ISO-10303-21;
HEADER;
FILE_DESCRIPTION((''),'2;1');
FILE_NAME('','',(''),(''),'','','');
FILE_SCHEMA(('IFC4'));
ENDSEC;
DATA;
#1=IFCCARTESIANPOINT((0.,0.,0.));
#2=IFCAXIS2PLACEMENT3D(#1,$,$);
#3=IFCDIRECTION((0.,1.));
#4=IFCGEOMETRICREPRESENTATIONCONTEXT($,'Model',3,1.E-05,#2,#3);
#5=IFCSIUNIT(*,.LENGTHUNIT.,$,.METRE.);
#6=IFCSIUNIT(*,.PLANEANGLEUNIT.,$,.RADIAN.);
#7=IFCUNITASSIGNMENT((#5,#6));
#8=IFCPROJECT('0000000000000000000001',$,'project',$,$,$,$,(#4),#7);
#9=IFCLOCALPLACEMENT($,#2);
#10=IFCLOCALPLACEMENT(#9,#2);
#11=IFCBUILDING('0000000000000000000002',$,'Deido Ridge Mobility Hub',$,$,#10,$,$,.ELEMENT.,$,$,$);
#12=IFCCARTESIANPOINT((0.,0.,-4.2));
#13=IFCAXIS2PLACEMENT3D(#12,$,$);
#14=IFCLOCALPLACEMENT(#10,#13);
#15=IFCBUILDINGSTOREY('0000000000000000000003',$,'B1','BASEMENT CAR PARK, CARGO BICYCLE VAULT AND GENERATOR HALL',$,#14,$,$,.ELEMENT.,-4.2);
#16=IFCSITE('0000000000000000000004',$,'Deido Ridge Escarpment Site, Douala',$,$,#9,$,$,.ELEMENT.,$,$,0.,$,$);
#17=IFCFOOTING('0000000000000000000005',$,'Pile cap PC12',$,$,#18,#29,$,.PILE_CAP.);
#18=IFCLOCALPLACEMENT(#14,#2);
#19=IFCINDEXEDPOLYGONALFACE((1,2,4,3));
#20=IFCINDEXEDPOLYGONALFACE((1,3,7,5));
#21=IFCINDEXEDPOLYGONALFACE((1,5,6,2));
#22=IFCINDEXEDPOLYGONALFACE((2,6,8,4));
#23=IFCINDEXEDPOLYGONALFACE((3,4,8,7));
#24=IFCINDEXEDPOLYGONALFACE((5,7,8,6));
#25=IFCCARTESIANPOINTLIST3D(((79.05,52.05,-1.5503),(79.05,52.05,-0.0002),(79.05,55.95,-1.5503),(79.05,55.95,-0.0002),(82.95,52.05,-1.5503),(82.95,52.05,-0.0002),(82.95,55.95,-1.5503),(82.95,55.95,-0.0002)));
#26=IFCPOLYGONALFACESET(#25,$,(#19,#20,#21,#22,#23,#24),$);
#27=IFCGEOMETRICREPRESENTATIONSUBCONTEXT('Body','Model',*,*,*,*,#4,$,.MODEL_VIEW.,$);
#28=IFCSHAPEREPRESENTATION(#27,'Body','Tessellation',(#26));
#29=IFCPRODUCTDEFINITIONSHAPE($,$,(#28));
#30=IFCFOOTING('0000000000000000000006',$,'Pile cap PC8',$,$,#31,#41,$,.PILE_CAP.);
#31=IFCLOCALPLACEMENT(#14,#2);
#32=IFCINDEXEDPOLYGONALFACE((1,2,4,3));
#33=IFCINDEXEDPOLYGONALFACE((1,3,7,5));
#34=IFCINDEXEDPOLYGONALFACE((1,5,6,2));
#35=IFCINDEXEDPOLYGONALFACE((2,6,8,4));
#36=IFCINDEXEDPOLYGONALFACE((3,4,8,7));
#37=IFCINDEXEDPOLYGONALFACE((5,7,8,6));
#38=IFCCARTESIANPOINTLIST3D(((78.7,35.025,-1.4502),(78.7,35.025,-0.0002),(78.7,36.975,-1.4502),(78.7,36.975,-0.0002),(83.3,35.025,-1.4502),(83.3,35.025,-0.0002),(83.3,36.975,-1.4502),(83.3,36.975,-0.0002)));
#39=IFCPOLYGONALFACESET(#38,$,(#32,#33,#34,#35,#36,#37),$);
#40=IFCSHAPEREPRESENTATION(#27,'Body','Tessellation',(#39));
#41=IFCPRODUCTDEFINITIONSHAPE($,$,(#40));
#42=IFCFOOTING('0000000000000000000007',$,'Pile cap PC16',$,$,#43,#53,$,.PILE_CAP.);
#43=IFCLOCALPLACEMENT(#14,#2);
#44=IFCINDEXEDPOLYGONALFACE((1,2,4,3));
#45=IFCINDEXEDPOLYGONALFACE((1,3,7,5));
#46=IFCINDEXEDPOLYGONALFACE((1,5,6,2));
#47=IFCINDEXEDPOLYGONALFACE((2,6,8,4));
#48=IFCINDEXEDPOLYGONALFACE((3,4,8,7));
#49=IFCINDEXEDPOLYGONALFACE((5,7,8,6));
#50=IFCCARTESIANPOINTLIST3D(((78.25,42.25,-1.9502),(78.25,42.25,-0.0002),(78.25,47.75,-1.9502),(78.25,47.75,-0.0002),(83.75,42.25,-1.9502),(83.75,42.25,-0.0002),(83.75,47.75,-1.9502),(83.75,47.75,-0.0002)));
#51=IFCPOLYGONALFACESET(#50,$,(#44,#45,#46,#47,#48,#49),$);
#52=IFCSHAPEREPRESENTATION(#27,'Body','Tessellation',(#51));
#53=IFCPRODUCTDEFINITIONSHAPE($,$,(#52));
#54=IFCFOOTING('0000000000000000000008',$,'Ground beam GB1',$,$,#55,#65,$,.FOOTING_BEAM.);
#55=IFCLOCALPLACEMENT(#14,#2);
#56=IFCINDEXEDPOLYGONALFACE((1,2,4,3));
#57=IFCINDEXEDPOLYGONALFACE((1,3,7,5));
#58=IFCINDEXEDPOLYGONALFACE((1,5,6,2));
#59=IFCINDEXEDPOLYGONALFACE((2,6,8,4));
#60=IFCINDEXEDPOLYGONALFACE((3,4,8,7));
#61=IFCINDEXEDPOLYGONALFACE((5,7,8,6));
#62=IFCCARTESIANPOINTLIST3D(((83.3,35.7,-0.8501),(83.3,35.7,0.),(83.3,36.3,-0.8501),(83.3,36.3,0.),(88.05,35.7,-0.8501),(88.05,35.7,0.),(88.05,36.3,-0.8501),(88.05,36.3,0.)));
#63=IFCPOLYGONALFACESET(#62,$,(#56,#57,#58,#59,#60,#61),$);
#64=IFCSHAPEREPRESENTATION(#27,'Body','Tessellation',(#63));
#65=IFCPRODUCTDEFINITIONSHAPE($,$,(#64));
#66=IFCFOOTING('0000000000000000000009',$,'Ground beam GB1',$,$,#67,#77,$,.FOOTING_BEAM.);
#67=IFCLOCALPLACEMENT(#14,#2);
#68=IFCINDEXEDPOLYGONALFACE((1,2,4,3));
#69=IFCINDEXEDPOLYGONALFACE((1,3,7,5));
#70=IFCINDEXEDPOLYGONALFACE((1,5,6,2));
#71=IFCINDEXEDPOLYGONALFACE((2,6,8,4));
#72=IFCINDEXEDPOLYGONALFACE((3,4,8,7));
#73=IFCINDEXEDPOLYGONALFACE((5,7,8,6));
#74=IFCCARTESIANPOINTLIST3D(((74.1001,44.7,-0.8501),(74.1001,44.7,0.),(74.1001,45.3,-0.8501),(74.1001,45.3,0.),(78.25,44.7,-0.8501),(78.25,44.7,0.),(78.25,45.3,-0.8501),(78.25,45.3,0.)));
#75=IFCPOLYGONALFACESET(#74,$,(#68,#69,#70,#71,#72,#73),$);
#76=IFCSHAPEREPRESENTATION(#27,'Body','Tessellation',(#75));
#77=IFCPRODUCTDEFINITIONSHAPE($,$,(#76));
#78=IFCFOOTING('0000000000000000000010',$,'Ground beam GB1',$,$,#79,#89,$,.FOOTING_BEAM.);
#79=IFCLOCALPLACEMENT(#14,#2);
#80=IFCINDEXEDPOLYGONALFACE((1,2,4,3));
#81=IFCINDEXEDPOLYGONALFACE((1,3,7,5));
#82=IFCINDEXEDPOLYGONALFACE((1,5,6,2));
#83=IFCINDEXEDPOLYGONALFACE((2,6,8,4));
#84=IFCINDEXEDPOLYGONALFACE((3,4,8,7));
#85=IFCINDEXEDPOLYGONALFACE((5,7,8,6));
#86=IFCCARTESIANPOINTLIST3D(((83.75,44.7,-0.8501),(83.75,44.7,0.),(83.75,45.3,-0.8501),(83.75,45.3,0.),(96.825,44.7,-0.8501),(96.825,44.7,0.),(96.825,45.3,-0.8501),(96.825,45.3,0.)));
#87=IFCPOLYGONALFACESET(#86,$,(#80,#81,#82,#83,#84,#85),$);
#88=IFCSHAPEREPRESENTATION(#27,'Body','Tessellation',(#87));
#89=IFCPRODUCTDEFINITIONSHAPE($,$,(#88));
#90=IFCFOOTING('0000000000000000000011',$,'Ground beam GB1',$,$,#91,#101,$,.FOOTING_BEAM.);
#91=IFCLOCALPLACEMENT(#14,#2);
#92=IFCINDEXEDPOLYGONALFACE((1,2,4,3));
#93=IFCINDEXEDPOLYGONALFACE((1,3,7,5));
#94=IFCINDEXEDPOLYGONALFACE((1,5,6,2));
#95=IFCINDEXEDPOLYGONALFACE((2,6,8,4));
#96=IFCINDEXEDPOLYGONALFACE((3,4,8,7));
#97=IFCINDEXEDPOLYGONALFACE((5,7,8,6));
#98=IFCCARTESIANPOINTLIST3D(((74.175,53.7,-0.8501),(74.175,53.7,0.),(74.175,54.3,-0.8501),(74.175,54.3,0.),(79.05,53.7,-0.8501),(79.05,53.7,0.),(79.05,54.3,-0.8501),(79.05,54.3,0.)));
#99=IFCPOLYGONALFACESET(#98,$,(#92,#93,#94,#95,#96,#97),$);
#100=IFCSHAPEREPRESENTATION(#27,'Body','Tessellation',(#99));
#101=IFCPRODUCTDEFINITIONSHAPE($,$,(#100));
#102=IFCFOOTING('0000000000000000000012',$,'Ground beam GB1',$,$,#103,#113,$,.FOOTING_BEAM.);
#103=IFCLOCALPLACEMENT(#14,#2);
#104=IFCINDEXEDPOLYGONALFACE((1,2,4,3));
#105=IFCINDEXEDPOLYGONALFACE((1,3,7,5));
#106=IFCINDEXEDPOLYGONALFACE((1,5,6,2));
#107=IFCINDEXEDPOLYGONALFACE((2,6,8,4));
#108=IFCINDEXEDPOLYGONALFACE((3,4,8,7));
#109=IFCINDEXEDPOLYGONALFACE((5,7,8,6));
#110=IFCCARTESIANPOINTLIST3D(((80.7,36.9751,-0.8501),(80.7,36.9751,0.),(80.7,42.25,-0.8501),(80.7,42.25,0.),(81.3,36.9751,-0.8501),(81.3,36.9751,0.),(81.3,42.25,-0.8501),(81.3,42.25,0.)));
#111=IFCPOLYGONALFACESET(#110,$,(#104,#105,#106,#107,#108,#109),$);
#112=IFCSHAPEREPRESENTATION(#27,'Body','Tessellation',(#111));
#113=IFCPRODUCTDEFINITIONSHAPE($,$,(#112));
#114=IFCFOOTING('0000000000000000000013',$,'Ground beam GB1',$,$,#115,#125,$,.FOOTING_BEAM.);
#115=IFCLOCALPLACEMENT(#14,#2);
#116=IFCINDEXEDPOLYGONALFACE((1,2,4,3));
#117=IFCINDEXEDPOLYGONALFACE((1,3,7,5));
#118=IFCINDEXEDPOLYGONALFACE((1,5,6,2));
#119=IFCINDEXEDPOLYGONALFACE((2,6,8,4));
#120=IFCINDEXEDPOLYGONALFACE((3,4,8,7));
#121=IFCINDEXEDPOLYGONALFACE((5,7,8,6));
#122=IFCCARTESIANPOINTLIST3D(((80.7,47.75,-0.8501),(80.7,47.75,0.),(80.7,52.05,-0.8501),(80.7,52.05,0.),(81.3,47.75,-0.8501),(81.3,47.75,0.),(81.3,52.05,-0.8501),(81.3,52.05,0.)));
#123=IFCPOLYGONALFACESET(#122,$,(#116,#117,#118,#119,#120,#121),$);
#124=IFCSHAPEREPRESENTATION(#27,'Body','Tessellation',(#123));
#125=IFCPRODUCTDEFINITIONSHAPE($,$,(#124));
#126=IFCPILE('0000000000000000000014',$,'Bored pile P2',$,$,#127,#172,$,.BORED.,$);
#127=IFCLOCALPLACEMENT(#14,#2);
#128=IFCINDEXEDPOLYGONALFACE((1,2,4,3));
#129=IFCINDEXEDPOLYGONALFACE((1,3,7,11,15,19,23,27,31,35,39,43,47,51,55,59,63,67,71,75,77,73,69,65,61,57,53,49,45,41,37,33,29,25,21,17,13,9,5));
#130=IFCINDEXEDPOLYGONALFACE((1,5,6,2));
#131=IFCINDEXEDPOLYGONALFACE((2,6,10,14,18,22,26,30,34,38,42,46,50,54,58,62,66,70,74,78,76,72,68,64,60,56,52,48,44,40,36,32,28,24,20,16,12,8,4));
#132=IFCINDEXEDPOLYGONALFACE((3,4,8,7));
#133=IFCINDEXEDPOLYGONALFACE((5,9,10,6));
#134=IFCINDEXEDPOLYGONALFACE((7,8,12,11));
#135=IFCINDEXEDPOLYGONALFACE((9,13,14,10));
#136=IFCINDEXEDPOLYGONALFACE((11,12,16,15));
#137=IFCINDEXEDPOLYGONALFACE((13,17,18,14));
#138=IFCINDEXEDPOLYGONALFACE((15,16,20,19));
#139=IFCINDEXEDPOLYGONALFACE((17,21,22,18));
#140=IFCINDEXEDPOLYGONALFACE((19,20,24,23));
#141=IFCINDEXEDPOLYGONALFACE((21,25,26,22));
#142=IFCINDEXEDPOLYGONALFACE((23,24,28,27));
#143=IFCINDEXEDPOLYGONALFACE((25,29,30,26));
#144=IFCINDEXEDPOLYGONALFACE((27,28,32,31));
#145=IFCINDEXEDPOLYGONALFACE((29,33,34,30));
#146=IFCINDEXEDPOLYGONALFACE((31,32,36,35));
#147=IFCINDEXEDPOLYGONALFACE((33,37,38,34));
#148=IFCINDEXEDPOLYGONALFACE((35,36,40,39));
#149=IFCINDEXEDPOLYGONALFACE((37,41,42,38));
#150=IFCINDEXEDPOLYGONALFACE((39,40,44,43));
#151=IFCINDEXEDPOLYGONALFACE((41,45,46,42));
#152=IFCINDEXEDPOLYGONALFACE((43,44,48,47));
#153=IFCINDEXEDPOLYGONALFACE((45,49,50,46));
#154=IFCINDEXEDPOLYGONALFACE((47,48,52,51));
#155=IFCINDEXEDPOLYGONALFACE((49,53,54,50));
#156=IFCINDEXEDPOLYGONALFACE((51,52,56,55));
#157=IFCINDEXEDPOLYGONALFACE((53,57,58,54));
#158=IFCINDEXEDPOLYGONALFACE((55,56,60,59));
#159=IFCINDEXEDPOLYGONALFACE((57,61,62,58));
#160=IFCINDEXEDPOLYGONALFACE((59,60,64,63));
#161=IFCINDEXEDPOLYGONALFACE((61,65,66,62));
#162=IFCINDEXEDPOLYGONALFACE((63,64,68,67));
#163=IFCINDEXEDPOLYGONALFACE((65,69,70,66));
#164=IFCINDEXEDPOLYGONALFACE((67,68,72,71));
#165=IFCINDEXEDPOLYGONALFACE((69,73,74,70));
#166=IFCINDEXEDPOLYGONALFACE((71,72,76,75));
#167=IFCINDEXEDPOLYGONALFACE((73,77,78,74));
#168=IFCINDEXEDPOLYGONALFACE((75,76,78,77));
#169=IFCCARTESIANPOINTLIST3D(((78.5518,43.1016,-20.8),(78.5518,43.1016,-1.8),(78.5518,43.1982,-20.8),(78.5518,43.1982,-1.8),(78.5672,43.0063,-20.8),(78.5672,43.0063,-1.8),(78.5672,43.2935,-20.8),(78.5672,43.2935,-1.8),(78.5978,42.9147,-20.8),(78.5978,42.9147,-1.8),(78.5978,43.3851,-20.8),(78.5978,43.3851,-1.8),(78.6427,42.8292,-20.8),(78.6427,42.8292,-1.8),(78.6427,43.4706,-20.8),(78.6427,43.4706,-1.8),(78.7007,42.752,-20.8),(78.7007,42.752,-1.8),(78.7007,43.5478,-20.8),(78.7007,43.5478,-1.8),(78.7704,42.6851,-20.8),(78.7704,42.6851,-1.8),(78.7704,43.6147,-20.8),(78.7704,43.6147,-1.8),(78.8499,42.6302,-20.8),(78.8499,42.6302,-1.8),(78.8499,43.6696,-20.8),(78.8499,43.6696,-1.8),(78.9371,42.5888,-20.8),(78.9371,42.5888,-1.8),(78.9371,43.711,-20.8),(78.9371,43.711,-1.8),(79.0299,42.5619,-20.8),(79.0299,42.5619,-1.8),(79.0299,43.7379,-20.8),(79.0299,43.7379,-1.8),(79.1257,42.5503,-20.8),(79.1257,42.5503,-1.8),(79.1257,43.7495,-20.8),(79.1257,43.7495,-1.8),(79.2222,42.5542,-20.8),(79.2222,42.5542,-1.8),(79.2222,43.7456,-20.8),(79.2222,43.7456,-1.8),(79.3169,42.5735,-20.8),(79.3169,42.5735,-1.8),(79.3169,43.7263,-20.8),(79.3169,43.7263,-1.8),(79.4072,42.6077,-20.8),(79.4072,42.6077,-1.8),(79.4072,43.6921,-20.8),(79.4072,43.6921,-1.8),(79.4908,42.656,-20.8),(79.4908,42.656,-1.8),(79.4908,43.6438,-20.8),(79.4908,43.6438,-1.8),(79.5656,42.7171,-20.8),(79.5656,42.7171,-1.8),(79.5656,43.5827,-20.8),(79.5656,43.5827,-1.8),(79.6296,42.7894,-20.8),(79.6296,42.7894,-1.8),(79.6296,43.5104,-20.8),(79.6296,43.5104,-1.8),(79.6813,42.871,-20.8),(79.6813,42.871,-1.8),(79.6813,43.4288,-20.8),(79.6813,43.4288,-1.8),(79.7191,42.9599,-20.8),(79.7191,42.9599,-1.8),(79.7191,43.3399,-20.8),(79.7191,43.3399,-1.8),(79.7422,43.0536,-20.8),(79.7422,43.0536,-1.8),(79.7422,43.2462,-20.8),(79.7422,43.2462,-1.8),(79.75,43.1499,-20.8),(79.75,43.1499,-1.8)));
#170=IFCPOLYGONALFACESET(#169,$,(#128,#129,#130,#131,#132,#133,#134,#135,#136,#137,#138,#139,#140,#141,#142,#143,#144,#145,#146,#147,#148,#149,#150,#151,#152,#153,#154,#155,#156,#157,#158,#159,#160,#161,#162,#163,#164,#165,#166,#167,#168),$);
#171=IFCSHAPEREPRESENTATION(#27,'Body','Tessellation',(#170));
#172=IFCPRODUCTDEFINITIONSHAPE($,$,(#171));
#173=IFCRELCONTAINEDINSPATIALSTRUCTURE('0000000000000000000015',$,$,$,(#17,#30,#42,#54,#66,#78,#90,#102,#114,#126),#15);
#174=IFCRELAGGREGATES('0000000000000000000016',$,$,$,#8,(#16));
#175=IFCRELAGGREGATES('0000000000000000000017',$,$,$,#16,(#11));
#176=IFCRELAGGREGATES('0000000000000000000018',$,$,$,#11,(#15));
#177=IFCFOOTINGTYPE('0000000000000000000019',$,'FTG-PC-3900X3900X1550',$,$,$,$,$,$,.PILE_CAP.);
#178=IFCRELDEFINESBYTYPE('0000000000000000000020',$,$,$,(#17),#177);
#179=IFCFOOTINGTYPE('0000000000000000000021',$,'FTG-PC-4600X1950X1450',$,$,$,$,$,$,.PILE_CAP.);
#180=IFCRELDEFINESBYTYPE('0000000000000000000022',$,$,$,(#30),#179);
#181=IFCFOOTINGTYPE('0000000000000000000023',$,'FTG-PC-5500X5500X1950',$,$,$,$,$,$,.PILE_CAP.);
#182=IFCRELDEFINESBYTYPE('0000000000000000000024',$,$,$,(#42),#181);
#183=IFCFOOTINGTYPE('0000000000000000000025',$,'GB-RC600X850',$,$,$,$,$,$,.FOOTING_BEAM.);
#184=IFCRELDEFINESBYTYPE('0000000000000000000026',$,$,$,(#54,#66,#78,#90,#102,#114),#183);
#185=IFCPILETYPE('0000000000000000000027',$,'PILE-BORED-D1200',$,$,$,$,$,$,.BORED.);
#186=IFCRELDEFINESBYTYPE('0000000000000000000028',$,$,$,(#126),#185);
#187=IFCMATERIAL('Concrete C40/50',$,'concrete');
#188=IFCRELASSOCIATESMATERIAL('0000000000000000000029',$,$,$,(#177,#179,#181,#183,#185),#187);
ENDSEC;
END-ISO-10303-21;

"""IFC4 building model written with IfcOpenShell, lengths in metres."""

from ifc_helpers import new_model, si_unit, direction, frame, origin, origin_2d, place, context, subcontext, project, spatial, rectangle, circle, extrude, material, material_profile, profile_set, type_object, element, save


model = new_model("IFC4")

# Units and contexts
model_context = context("Model", 3, precision=1e-05, world=origin(), true_north=direction((0.0, 1.0)))
body_context = subcontext(model_context, "Body", "Model", "MODEL_VIEW")
ifc_project = project(units=[si_unit("LENGTHUNIT", "METRE"), si_unit("PLANEANGLEUNIT", "RADIAN")], contexts=[model_context])

# Site, building, storey
site_placement = place(None, origin())
site = spatial("IfcSite", under=ifc_project, at=site_placement, Name="Deido Ridge Escarpment Site, Douala", CompositionType="ELEMENT", RefElevation=0.0)
building_placement = place(site_placement, origin())
building = spatial("IfcBuilding", under=site, at=building_placement, Name="Deido Ridge Mobility Hub", CompositionType="ELEMENT")
storey_placement = place(building_placement, frame((0.0, 0.0, -4.2)))
storey = spatial("IfcBuildingStorey", under=building, at=storey_placement, Name="B1", Description="BASEMENT CAR PARK, CARGO BICYCLE VAULT AND GENERATOR HALL", CompositionType="ELEMENT", Elevation=-4.2)

# Footings
ifc_material_1 = material(Name="Concrete C40/50", Category="concrete")
footing_type_1 = type_object("IfcFootingType", Name="FTG-PC-3900X3900X1550", PredefinedType="PILE_CAP", material=ifc_material_1)
footing_1_placement = place(storey_placement, frame((81.0, 54.0, -1.5503), z_axis=(0.0, 0.0, 1.0), x_axis=(1.0, 0.0, 0.0)))
element("IfcFooting", 1, at=footing_1_placement, inside=storey, type_object=footing_type_1, Name="Pile cap PC12", PredefinedType="PILE_CAP", context=body_context, shape_type="SweptSolid", body=[
    extrude(rectangle(XDim=3.8999, YDim=3.8999, at=origin_2d()), origin(), (0.0, 0.0, 1.0), 1.55),
])
footing_type_2 = type_object("IfcFootingType", Name="FTG-PC-4600X1950X1450", PredefinedType="PILE_CAP", material=ifc_material_1)
footing_2_placement = place(storey_placement, frame((81.0, 36.0, -1.4502), z_axis=(0.0, 0.0, 1.0), x_axis=(1.0, 0.0, 0.0)))
element("IfcFooting", 2, at=footing_2_placement, inside=storey, type_object=footing_type_2, Name="Pile cap PC8", PredefinedType="PILE_CAP", context=body_context, shape_type="SweptSolid", body=[
    extrude(rectangle(XDim=4.6001, YDim=1.95, at=origin_2d()), origin(), (0.0, 0.0, 1.0), 1.45),
])
footing_type_3 = type_object("IfcFootingType", Name="FTG-PC-5500X5500X1950", PredefinedType="PILE_CAP", material=ifc_material_1)
footing_3_placement = place(storey_placement, frame((81.0, 45.0, -1.9502), z_axis=(0.0, 0.0, 1.0), x_axis=(1.0, 0.0, 0.0)))
element("IfcFooting", 3, at=footing_3_placement, inside=storey, type_object=footing_type_3, Name="Pile cap PC16", PredefinedType="PILE_CAP", context=body_context, shape_type="SweptSolid", body=[
    extrude(rectangle(XDim=5.5, YDim=5.5, at=origin_2d()), origin(), (0.0, 0.0, 1.0), 1.95),
])
ifc_material_profile_1 = material_profile(ifc_material_1, rectangle(XDim=0.6001, YDim=0.8501, at=origin_2d()), Name="RC GB 600x850")
ifc_profile_set_1 = profile_set([ifc_material_profile_1], Name="Concrete C40/50")
footing_type_4 = type_object("IfcFootingType", Name="GB-RC600X850", PredefinedType="FOOTING_BEAM", material=ifc_profile_set_1)
footing_4_placement = place(storey_placement, frame((83.3, 36.0, -0.425), z_axis=(1.0, 0.0, 0.0), x_axis=(0.0, 1.0, 0.0)))
element("IfcFooting", 4, at=footing_4_placement, inside=storey, type_object=footing_type_4, Name="Ground beam GB1", PredefinedType="FOOTING_BEAM", context=body_context, shape_type="SweptSolid", body=[
    extrude(rectangle(XDim=0.6001, YDim=0.8501, at=origin_2d()), origin(), (0.0, 0.0, 1.0), 4.75),
])
footing_5_placement = place(storey_placement, frame((74.1001, 45.0, -0.425), z_axis=(1.0, 0.0, 0.0), x_axis=(0.0, 1.0, 0.0)))
element("IfcFooting", 5, at=footing_5_placement, inside=storey, type_object=footing_type_4, Name="Ground beam GB1", PredefinedType="FOOTING_BEAM", context=body_context, shape_type="SweptSolid", body=[
    extrude(rectangle(XDim=0.6001, YDim=0.8501, at=origin_2d()), origin(), (0.0, 0.0, 1.0), 4.1499),
])
footing_6_placement = place(storey_placement, frame((83.75, 45.0, -0.425), z_axis=(1.0, 0.0, 0.0), x_axis=(0.0, 1.0, 0.0)))
element("IfcFooting", 6, at=footing_6_placement, inside=storey, type_object=footing_type_4, Name="Ground beam GB1", PredefinedType="FOOTING_BEAM", context=body_context, shape_type="SweptSolid", body=[
    extrude(rectangle(XDim=0.6001, YDim=0.8501, at=origin_2d()), origin(), (0.0, 0.0, 1.0), 13.075),
])
footing_7_placement = place(storey_placement, frame((74.175, 54.0, -0.425), z_axis=(1.0, 0.0, 0.0), x_axis=(0.0, 1.0, 0.0)))
element("IfcFooting", 7, at=footing_7_placement, inside=storey, type_object=footing_type_4, Name="Ground beam GB1", PredefinedType="FOOTING_BEAM", context=body_context, shape_type="SweptSolid", body=[
    extrude(rectangle(XDim=0.6001, YDim=0.8501, at=origin_2d()), origin(), (0.0, 0.0, 1.0), 4.875),
])
footing_8_placement = place(storey_placement, frame((81.0, 36.9751, -0.425), z_axis=(0.0, 1.0, 0.0), x_axis=(-1.0, 0.0, 0.0)))
element("IfcFooting", 8, at=footing_8_placement, inside=storey, type_object=footing_type_4, Name="Ground beam GB1", PredefinedType="FOOTING_BEAM", context=body_context, shape_type="SweptSolid", body=[
    extrude(rectangle(XDim=0.6001, YDim=0.8501, at=origin_2d()), origin(), (0.0, 0.0, 1.0), 5.2749),
])
footing_9_placement = place(storey_placement, frame((81.0, 47.75, -0.425), z_axis=(0.0, 1.0, 0.0), x_axis=(-1.0, 0.0, 0.0)))
element("IfcFooting", 9, at=footing_9_placement, inside=storey, type_object=footing_type_4, Name="Ground beam GB1", PredefinedType="FOOTING_BEAM", context=body_context, shape_type="SweptSolid", body=[
    extrude(rectangle(XDim=0.6001, YDim=0.8501, at=origin_2d()), origin(), (0.0, 0.0, 1.0), 4.3),
])

# Pile
ifc_material_profile_2 = material_profile(ifc_material_1, circle(Radius=0.6001, at=origin_2d()), Name="BORED PILE D1200")
ifc_profile_set_2 = profile_set([ifc_material_profile_2], Name="Concrete C40/50")
pile_type_1 = type_object("IfcPileType", Name="PILE-BORED-D1200", PredefinedType="BORED", material=ifc_profile_set_2)
for number, where, z_axis, x_axis, name in (
    (10, (79.1499, 43.1499, -1.8), (0.0, 0.0, -1.0), (1.0, 0.0, 0.0), "Bored pile P2"),
):
    element("IfcPile", number, at=place(storey_placement, frame(where, z_axis=z_axis, x_axis=x_axis)), inside=storey, type_object=pile_type_1, Name=name, PredefinedType="BORED", context=body_context, shape_type="SweptSolid", body=[
        extrude(circle(Radius=0.6001, at=origin_2d()), origin(), (0.0, 0.0, 1.0), 19.0),
    ])

save(model, "model.ifc")
